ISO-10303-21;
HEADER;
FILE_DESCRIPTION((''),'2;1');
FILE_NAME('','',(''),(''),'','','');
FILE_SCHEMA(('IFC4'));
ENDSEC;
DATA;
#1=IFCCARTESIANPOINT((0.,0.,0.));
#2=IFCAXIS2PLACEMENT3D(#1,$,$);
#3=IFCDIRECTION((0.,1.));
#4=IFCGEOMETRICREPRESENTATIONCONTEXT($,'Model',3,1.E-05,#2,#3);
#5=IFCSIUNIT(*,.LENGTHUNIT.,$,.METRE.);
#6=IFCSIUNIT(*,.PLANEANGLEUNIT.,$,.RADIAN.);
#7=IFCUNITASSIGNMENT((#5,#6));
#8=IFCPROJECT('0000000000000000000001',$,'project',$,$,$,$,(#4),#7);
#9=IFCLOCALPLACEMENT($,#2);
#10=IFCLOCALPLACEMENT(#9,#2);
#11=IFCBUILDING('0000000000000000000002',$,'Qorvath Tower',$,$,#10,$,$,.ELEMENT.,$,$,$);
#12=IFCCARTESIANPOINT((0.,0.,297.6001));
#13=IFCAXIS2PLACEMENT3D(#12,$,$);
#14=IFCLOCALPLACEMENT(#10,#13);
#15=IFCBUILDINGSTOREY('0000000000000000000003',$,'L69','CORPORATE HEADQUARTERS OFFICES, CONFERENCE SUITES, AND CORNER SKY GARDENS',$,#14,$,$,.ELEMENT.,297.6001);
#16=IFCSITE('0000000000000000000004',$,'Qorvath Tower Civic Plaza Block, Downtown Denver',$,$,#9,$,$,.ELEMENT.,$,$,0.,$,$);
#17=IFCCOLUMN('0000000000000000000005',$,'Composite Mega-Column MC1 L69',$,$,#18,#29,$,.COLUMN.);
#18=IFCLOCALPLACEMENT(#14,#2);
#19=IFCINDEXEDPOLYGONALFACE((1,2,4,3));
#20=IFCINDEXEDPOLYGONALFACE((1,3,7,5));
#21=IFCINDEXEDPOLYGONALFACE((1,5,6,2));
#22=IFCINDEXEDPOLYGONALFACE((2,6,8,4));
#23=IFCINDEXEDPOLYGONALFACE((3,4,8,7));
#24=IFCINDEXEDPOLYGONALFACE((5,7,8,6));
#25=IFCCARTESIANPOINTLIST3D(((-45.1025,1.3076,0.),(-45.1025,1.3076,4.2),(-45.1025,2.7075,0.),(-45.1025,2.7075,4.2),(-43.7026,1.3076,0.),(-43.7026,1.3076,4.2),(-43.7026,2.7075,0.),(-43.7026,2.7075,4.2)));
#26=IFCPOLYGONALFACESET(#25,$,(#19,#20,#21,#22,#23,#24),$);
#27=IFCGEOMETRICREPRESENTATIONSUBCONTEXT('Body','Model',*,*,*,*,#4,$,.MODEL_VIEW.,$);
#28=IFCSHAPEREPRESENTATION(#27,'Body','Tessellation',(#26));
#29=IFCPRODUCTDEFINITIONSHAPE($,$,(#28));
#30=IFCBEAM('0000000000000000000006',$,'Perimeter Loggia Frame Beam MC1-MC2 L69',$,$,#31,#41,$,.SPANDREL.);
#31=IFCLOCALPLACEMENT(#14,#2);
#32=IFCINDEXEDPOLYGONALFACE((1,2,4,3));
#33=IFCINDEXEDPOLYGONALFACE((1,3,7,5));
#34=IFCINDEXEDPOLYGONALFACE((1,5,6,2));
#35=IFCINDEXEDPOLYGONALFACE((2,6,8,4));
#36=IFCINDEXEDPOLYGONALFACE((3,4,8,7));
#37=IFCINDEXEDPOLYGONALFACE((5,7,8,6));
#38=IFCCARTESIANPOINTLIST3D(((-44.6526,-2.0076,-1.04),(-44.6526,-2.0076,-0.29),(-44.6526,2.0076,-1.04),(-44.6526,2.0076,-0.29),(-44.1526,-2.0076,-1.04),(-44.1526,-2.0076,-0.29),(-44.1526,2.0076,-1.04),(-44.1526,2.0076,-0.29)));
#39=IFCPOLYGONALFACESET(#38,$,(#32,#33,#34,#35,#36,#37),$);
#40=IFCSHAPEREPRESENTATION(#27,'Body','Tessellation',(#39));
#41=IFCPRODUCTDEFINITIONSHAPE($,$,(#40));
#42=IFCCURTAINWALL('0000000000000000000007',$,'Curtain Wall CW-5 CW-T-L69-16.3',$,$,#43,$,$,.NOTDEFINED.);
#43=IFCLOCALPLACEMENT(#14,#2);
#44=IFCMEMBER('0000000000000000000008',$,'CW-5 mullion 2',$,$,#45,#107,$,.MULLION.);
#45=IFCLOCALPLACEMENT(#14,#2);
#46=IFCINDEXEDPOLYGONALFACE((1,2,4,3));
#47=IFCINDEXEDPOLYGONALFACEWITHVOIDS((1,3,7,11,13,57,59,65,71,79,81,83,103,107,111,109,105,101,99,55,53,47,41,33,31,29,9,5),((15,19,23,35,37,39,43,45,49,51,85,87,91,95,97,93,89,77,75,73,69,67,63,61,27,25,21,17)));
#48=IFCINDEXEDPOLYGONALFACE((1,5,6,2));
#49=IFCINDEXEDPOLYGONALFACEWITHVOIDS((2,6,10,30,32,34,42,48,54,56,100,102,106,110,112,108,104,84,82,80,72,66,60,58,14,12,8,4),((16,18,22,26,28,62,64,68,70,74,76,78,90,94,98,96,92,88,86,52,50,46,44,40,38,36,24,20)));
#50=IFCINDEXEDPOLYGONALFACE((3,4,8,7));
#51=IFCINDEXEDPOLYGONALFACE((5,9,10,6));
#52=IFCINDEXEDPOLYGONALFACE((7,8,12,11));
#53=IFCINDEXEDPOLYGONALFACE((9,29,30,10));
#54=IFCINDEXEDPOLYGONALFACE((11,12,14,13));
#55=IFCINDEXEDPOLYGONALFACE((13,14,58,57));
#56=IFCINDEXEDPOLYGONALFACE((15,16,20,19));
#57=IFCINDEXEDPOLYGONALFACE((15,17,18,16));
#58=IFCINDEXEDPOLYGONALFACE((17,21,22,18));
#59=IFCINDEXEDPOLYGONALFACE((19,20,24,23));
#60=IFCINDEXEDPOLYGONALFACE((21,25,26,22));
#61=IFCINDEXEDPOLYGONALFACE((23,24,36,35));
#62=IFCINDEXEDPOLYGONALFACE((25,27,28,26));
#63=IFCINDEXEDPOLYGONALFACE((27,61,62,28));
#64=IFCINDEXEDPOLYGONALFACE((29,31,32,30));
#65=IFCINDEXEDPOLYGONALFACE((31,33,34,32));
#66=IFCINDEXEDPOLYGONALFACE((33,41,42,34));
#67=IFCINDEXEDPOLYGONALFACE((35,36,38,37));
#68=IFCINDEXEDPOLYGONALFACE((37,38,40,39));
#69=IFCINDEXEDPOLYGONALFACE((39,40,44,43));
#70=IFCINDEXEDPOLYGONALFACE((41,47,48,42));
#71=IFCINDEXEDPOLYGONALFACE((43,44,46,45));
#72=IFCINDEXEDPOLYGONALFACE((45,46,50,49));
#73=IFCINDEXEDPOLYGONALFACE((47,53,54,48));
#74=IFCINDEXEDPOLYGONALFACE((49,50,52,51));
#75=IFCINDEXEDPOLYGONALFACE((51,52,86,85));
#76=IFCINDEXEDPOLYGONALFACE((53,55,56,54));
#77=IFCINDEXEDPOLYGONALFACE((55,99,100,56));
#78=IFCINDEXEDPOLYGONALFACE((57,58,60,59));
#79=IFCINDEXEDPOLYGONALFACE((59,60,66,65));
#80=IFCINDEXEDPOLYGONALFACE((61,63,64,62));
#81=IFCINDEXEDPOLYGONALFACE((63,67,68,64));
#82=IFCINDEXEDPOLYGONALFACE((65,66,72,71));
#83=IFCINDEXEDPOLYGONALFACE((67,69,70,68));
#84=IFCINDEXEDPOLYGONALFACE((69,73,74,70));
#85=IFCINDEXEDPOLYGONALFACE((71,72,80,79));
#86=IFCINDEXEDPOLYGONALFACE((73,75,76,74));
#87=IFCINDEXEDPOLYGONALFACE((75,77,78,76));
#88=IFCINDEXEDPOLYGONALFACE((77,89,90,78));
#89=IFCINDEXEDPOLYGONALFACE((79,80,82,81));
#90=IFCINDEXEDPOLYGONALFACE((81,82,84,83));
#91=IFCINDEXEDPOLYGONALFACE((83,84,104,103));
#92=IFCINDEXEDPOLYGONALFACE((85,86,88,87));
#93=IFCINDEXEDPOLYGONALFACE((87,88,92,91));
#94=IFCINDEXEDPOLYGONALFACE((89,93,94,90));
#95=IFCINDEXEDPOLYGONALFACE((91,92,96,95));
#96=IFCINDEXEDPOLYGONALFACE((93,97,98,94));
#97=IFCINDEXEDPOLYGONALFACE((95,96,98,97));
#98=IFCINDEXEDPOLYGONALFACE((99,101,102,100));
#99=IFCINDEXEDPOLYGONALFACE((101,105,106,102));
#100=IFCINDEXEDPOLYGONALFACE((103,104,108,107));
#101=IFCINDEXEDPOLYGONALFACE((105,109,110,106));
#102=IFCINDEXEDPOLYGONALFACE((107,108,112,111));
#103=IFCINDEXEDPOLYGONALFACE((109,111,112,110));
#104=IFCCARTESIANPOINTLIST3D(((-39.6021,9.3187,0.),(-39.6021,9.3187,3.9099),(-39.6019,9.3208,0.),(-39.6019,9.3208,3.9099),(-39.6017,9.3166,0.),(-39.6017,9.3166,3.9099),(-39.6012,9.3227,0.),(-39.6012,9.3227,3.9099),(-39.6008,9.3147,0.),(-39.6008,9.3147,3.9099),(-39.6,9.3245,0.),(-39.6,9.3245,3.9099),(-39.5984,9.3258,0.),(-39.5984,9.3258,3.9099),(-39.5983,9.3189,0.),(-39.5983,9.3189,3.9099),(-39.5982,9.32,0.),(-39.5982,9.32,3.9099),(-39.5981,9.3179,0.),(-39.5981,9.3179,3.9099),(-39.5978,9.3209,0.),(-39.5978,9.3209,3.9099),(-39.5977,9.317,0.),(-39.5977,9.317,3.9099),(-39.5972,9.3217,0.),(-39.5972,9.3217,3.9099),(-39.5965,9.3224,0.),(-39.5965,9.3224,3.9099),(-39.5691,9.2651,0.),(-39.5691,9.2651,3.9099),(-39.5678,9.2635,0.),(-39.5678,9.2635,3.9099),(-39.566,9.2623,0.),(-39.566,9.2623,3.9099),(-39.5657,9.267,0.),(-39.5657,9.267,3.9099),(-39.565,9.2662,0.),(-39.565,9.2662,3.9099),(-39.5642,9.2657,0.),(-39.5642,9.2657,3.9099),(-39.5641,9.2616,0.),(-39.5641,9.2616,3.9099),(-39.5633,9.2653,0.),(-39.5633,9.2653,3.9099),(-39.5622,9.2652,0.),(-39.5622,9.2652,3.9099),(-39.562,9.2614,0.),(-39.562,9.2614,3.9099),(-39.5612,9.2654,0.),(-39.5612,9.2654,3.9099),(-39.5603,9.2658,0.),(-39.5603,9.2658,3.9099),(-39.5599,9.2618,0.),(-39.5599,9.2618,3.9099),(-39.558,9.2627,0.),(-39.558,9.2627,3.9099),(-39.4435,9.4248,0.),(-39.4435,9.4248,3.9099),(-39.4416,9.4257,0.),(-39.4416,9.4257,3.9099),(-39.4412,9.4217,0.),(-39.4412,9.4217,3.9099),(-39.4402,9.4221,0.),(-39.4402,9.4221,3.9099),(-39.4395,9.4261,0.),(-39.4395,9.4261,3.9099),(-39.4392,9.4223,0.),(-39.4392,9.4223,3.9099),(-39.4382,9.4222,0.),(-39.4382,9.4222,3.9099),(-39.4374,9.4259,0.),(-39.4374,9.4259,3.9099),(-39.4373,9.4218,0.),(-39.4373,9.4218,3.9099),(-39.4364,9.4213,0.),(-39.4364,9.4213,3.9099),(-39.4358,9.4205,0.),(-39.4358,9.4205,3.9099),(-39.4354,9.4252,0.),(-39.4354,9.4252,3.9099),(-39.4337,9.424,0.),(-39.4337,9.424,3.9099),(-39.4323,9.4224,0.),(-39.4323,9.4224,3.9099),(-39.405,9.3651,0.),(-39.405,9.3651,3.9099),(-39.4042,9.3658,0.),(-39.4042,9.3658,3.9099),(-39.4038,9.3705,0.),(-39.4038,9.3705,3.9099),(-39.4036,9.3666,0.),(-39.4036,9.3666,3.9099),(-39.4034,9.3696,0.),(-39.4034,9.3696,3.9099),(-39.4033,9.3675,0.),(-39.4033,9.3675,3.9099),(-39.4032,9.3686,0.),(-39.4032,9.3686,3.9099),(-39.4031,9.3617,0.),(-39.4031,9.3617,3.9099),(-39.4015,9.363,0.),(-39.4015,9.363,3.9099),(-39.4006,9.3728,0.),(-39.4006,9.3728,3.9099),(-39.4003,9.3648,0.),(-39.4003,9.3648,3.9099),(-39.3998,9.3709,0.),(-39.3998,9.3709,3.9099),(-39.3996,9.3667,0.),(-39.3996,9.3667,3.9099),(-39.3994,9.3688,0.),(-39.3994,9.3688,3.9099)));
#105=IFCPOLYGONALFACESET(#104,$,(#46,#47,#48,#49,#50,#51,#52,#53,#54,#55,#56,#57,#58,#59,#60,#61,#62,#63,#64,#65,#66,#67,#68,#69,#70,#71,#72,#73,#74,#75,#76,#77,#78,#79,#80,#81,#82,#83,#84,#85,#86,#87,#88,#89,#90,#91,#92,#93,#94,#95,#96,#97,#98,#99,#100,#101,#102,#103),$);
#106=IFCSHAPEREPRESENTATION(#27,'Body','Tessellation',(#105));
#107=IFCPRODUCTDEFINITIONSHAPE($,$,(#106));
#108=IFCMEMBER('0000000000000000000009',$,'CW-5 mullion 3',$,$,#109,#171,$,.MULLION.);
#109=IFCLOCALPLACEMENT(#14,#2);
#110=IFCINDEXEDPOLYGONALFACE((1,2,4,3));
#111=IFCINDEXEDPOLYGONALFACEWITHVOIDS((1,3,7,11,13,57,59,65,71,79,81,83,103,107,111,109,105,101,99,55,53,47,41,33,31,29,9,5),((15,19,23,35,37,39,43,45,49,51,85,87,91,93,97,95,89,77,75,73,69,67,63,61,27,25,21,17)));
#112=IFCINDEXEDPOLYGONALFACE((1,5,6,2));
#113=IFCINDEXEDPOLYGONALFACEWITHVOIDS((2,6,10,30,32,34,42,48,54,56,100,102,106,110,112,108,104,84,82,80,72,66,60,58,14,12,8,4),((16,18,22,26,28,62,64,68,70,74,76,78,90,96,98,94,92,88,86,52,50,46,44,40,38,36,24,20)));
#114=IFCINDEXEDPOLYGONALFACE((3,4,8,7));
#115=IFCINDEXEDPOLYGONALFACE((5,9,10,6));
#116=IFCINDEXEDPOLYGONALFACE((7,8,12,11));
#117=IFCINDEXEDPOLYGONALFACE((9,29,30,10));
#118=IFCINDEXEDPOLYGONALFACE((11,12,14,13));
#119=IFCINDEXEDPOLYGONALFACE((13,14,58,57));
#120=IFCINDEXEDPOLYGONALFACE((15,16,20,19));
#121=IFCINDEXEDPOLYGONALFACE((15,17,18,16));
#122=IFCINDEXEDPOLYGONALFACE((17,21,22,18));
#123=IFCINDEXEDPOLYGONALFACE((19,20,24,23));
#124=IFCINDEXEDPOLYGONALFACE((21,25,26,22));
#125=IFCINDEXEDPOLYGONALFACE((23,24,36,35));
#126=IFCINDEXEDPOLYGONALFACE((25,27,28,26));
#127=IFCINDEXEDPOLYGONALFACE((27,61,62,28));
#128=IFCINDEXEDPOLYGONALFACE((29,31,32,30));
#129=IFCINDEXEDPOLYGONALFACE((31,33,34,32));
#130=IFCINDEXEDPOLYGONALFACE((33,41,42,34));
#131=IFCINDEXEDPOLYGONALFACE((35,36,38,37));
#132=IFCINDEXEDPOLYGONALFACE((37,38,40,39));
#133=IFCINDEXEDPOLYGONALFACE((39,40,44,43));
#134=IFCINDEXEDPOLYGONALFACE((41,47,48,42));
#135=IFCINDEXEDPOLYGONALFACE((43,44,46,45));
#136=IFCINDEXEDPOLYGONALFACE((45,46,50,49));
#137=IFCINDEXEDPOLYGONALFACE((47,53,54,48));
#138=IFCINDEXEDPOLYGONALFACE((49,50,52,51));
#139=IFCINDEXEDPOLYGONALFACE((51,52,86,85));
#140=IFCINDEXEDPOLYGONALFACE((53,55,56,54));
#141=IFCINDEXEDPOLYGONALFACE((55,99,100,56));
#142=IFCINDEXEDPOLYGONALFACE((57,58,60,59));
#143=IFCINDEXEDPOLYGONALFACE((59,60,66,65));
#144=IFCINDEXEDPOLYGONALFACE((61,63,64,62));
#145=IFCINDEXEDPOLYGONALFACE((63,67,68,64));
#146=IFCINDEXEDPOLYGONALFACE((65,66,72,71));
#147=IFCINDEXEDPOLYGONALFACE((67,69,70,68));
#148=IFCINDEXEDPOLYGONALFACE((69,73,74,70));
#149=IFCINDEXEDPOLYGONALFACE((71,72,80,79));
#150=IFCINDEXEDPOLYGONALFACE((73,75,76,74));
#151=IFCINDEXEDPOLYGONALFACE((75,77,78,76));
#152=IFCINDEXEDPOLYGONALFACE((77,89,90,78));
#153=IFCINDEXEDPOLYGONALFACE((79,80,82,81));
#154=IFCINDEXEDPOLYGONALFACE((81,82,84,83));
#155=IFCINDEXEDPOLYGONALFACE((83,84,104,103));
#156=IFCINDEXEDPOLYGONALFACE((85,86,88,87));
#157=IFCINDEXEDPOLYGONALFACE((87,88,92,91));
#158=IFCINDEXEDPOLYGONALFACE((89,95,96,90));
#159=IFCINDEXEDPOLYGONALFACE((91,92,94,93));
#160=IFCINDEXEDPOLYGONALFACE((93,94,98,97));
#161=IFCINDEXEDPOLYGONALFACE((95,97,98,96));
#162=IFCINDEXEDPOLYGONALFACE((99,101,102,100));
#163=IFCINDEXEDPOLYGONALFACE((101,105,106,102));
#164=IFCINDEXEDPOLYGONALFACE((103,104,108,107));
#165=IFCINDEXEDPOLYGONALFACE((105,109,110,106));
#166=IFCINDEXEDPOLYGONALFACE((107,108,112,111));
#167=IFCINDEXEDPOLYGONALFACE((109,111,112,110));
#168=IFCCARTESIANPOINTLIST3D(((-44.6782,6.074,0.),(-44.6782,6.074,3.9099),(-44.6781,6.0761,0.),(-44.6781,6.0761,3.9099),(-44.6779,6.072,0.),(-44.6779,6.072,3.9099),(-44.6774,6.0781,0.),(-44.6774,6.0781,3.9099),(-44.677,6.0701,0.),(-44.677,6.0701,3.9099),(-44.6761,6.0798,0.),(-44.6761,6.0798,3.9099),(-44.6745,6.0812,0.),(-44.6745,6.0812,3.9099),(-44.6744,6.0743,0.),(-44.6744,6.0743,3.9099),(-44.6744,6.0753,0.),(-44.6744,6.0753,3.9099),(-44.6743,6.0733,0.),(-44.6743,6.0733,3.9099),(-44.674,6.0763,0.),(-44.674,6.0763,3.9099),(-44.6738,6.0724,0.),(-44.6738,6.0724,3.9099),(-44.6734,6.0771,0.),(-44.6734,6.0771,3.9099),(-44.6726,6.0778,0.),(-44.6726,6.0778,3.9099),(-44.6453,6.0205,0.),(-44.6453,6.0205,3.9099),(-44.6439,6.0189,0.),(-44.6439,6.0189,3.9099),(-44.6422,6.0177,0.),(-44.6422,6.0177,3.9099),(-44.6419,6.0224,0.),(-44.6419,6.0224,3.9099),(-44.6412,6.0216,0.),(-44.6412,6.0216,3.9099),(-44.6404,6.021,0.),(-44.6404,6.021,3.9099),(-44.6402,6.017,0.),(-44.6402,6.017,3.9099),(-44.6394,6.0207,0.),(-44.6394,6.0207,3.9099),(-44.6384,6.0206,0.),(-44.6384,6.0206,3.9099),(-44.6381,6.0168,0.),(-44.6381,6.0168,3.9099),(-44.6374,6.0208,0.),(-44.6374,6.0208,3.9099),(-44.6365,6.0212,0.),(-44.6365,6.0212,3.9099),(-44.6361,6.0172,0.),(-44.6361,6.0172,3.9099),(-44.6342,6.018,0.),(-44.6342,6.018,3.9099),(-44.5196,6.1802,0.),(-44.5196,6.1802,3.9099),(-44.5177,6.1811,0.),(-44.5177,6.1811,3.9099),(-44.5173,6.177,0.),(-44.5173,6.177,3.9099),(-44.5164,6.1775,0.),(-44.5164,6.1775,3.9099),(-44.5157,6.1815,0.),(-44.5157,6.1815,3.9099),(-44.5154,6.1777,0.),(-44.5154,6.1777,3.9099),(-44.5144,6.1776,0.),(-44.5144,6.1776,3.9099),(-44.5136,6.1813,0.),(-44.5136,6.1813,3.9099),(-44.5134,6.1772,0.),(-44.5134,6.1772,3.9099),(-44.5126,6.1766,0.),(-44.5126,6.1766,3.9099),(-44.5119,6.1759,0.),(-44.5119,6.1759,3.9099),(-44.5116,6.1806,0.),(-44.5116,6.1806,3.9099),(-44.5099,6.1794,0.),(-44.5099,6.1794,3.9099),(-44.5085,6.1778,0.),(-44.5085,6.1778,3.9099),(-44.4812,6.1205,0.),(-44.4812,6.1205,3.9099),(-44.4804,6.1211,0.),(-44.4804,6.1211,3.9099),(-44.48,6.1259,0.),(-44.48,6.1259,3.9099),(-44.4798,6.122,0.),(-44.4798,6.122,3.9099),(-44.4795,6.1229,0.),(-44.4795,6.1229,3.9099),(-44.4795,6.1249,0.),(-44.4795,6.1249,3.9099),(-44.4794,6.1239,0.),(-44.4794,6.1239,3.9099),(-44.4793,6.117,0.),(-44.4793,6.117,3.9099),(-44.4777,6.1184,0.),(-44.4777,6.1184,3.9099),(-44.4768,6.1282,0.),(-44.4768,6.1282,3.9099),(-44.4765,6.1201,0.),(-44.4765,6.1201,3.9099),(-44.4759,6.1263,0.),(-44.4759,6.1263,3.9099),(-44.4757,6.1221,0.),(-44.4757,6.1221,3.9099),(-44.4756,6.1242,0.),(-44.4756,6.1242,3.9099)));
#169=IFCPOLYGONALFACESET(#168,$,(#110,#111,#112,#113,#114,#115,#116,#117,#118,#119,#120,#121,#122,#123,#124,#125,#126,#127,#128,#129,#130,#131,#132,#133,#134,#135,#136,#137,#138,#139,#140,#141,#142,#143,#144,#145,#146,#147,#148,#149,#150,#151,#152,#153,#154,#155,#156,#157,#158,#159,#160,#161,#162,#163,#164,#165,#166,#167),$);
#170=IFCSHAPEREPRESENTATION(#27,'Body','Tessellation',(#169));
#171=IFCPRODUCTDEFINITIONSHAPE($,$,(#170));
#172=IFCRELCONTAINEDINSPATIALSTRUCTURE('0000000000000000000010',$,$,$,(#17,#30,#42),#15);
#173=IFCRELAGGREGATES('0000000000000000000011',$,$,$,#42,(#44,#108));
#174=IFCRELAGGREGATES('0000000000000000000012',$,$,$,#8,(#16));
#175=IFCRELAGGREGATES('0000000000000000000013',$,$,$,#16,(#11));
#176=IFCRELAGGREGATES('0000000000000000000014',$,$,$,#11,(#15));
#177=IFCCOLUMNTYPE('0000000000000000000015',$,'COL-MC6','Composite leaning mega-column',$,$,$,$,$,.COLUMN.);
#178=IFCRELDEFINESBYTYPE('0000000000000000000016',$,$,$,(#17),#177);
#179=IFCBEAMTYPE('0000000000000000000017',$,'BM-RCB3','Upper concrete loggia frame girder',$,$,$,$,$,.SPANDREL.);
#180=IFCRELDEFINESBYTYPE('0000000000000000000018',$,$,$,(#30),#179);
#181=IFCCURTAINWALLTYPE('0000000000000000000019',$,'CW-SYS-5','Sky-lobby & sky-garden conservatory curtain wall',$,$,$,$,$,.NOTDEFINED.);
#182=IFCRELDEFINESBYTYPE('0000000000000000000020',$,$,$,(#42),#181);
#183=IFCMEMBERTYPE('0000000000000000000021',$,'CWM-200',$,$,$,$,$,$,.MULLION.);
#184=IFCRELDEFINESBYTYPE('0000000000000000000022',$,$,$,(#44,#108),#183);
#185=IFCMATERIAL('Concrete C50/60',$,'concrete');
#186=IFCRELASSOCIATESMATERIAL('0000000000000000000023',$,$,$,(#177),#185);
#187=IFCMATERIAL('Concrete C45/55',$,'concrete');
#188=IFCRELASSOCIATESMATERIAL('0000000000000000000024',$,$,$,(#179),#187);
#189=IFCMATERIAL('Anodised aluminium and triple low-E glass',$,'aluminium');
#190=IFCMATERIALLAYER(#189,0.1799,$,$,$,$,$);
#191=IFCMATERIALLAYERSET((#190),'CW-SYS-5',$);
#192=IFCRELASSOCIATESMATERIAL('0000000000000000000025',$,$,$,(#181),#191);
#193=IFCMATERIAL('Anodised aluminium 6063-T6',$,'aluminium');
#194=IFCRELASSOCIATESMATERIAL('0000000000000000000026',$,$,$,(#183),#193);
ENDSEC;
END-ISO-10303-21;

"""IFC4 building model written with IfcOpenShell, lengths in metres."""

from ifc_helpers import new_model, si_unit, direction, frame, origin, origin_2d, place, context, subcontext, project, spatial, rectangle, hollow_rectangle, extrude, material, layer, layer_set, material_profile, profile_set, type_object, element, aggregate, save


model = new_model("IFC4")

# Units and contexts
model_context = context("Model", 3, precision=1e-05, world=origin(), true_north=direction((0.0, 1.0)))
body_context = subcontext(model_context, "Body", "Model", "MODEL_VIEW")
ifc_project = project(units=[si_unit("LENGTHUNIT", "METRE"), si_unit("PLANEANGLEUNIT", "RADIAN")], contexts=[model_context])

# Site, building, storey
site_placement = place(None, origin())
site = spatial("IfcSite", under=ifc_project, at=site_placement, Name="Qorvath Tower Civic Plaza Block, Downtown Denver", CompositionType="ELEMENT", RefElevation=0.0)
building_placement = place(site_placement, origin())
building = spatial("IfcBuilding", under=site, at=building_placement, Name="Qorvath Tower", CompositionType="ELEMENT")
storey_placement = place(building_placement, frame((0.0, 0.0, 297.6001)))
storey = spatial("IfcBuildingStorey", under=building, at=storey_placement, Name="L69", Description="CORPORATE HEADQUARTERS OFFICES, CONFERENCE SUITES, AND CORNER SKY GARDENS", CompositionType="ELEMENT", Elevation=297.6001)

# Column
ifc_material_1 = material(Name="Concrete C50/60", Category="concrete")
ifc_material_profile_1 = material_profile(ifc_material_1, rectangle(XDim=1.3999, YDim=1.3999, at=origin_2d()), Name="MC 1400x1400")
ifc_profile_set_1 = profile_set([ifc_material_profile_1], Name="Concrete C50/60")
column_type = type_object("IfcColumnType", Name="COL-MC6", Description="Composite leaning mega-column", PredefinedType="COLUMN", material=ifc_profile_set_1)
column_placement = place(storey_placement, frame((-44.4026, 2.0076, 0.0), z_axis=(0.0, 0.0, 1.0), x_axis=(1.0, 0.0, 0.0)))
element("IfcColumn", 1, at=column_placement, inside=storey, type_object=column_type, Name="Composite Mega-Column MC1 L69", PredefinedType="COLUMN", context=body_context, shape_type="SweptSolid", body=[
    extrude(rectangle(XDim=1.3999, YDim=1.3999, at=origin_2d()), origin(), (0.0, 0.0, 1.0), 4.2),
])

# Beam
ifc_material_2 = material(Name="Concrete C45/55", Category="concrete")
ifc_material_profile_2 = material_profile(ifc_material_2, rectangle(XDim=0.5, YDim=0.75, at=origin_2d()), Name="RCB 750x500")
ifc_profile_set_2 = profile_set([ifc_material_profile_2], Name="Concrete C45/55")
beam_type = type_object("IfcBeamType", Name="BM-RCB3", Description="Upper concrete loggia frame girder", PredefinedType="SPANDREL", material=ifc_profile_set_2)
beam_placement = place(storey_placement, frame((-44.4026, 2.0076, -0.665), z_axis=(0.0, -1.0, 0.0), x_axis=(1.0, 0.0, 0.0)))
element("IfcBeam", 2, at=beam_placement, inside=storey, type_object=beam_type, Name="Perimeter Loggia Frame Beam MC1-MC2 L69", PredefinedType="SPANDREL", context=body_context, shape_type="SweptSolid", body=[
    extrude(rectangle(XDim=0.5, YDim=0.75, at=origin_2d()), origin(), (0.0, 0.0, 1.0), 4.0151),
])

# Curtain wall, members
ifc_material_3 = material(Name="Anodised aluminium and triple low-E glass", Category="aluminium")
ifc_layer_1 = layer(ifc_material_3, 0.1799)
ifc_layer_set_1 = layer_set([ifc_layer_1], Name="CW-SYS-5")
curtain_wall_type = type_object("IfcCurtainWallType", Name="CW-SYS-5", Description="Sky-lobby & sky-garden conservatory curtain wall", PredefinedType="NOTDEFINED", material=ifc_layer_set_1)
curtain_wall_placement = place(storey_placement, origin())
curtain_wall = element("IfcCurtainWall", 3, at=curtain_wall_placement, inside=storey, type_object=curtain_wall_type, Name="Curtain Wall CW-5 CW-T-L69-16.3", PredefinedType="NOTDEFINED")
ifc_material_4 = material(Name="Anodised aluminium 6063-T6", Category="aluminium")
ifc_material_profile_3 = material_profile(ifc_material_4, hollow_rectangle(XDim=0.075, YDim=0.2, WallThickness=0.0039, InnerFilletRadius=0.0039, OuterFilletRadius=0.0081, at=origin_2d()), Name="CWM 200x75")
ifc_profile_set_3 = profile_set([ifc_material_profile_3], Name="Anodised aluminium 6063-T6")
member_type_1 = type_object("IfcMemberType", Name="CWM-200", PredefinedType="MULLION", material=ifc_profile_set_3)
member_1_placement = place(storey_placement, frame((-39.5007, 9.3438, 0.0), z_axis=(0.0, 0.0, 1.0), x_axis=(0.538537, -0.842602, 0.0)))
member_1 = element("IfcMember", 4, at=member_1_placement, type_object=member_type_1, Name="CW-5 mullion 2", PredefinedType="MULLION", context=body_context, shape_type="SweptSolid", body=[
    extrude(hollow_rectangle(XDim=0.075, YDim=0.2, WallThickness=0.0039, InnerFilletRadius=0.0039, OuterFilletRadius=0.0081, at=origin_2d()), origin(), (0.0, 0.0, 1.0), 3.9099),
])
member_2_placement = place(storey_placement, frame((-44.5769, 6.0991, 0.0), z_axis=(0.0, 0.0, 1.0), x_axis=(0.538537, -0.842602, 0.0)))
member_2 = element("IfcMember", 5, at=member_2_placement, type_object=member_type_1, Name="CW-5 mullion 3", PredefinedType="MULLION", context=body_context, shape_type="SweptSolid", body=[
    extrude(hollow_rectangle(XDim=0.075, YDim=0.2, WallThickness=0.0039, InnerFilletRadius=0.0039, OuterFilletRadius=0.0081, at=origin_2d()), origin(), (0.0, 0.0, 1.0), 3.9099),
])
aggregate(curtain_wall, [member_1, member_2])

save(model, "model.ifc")
